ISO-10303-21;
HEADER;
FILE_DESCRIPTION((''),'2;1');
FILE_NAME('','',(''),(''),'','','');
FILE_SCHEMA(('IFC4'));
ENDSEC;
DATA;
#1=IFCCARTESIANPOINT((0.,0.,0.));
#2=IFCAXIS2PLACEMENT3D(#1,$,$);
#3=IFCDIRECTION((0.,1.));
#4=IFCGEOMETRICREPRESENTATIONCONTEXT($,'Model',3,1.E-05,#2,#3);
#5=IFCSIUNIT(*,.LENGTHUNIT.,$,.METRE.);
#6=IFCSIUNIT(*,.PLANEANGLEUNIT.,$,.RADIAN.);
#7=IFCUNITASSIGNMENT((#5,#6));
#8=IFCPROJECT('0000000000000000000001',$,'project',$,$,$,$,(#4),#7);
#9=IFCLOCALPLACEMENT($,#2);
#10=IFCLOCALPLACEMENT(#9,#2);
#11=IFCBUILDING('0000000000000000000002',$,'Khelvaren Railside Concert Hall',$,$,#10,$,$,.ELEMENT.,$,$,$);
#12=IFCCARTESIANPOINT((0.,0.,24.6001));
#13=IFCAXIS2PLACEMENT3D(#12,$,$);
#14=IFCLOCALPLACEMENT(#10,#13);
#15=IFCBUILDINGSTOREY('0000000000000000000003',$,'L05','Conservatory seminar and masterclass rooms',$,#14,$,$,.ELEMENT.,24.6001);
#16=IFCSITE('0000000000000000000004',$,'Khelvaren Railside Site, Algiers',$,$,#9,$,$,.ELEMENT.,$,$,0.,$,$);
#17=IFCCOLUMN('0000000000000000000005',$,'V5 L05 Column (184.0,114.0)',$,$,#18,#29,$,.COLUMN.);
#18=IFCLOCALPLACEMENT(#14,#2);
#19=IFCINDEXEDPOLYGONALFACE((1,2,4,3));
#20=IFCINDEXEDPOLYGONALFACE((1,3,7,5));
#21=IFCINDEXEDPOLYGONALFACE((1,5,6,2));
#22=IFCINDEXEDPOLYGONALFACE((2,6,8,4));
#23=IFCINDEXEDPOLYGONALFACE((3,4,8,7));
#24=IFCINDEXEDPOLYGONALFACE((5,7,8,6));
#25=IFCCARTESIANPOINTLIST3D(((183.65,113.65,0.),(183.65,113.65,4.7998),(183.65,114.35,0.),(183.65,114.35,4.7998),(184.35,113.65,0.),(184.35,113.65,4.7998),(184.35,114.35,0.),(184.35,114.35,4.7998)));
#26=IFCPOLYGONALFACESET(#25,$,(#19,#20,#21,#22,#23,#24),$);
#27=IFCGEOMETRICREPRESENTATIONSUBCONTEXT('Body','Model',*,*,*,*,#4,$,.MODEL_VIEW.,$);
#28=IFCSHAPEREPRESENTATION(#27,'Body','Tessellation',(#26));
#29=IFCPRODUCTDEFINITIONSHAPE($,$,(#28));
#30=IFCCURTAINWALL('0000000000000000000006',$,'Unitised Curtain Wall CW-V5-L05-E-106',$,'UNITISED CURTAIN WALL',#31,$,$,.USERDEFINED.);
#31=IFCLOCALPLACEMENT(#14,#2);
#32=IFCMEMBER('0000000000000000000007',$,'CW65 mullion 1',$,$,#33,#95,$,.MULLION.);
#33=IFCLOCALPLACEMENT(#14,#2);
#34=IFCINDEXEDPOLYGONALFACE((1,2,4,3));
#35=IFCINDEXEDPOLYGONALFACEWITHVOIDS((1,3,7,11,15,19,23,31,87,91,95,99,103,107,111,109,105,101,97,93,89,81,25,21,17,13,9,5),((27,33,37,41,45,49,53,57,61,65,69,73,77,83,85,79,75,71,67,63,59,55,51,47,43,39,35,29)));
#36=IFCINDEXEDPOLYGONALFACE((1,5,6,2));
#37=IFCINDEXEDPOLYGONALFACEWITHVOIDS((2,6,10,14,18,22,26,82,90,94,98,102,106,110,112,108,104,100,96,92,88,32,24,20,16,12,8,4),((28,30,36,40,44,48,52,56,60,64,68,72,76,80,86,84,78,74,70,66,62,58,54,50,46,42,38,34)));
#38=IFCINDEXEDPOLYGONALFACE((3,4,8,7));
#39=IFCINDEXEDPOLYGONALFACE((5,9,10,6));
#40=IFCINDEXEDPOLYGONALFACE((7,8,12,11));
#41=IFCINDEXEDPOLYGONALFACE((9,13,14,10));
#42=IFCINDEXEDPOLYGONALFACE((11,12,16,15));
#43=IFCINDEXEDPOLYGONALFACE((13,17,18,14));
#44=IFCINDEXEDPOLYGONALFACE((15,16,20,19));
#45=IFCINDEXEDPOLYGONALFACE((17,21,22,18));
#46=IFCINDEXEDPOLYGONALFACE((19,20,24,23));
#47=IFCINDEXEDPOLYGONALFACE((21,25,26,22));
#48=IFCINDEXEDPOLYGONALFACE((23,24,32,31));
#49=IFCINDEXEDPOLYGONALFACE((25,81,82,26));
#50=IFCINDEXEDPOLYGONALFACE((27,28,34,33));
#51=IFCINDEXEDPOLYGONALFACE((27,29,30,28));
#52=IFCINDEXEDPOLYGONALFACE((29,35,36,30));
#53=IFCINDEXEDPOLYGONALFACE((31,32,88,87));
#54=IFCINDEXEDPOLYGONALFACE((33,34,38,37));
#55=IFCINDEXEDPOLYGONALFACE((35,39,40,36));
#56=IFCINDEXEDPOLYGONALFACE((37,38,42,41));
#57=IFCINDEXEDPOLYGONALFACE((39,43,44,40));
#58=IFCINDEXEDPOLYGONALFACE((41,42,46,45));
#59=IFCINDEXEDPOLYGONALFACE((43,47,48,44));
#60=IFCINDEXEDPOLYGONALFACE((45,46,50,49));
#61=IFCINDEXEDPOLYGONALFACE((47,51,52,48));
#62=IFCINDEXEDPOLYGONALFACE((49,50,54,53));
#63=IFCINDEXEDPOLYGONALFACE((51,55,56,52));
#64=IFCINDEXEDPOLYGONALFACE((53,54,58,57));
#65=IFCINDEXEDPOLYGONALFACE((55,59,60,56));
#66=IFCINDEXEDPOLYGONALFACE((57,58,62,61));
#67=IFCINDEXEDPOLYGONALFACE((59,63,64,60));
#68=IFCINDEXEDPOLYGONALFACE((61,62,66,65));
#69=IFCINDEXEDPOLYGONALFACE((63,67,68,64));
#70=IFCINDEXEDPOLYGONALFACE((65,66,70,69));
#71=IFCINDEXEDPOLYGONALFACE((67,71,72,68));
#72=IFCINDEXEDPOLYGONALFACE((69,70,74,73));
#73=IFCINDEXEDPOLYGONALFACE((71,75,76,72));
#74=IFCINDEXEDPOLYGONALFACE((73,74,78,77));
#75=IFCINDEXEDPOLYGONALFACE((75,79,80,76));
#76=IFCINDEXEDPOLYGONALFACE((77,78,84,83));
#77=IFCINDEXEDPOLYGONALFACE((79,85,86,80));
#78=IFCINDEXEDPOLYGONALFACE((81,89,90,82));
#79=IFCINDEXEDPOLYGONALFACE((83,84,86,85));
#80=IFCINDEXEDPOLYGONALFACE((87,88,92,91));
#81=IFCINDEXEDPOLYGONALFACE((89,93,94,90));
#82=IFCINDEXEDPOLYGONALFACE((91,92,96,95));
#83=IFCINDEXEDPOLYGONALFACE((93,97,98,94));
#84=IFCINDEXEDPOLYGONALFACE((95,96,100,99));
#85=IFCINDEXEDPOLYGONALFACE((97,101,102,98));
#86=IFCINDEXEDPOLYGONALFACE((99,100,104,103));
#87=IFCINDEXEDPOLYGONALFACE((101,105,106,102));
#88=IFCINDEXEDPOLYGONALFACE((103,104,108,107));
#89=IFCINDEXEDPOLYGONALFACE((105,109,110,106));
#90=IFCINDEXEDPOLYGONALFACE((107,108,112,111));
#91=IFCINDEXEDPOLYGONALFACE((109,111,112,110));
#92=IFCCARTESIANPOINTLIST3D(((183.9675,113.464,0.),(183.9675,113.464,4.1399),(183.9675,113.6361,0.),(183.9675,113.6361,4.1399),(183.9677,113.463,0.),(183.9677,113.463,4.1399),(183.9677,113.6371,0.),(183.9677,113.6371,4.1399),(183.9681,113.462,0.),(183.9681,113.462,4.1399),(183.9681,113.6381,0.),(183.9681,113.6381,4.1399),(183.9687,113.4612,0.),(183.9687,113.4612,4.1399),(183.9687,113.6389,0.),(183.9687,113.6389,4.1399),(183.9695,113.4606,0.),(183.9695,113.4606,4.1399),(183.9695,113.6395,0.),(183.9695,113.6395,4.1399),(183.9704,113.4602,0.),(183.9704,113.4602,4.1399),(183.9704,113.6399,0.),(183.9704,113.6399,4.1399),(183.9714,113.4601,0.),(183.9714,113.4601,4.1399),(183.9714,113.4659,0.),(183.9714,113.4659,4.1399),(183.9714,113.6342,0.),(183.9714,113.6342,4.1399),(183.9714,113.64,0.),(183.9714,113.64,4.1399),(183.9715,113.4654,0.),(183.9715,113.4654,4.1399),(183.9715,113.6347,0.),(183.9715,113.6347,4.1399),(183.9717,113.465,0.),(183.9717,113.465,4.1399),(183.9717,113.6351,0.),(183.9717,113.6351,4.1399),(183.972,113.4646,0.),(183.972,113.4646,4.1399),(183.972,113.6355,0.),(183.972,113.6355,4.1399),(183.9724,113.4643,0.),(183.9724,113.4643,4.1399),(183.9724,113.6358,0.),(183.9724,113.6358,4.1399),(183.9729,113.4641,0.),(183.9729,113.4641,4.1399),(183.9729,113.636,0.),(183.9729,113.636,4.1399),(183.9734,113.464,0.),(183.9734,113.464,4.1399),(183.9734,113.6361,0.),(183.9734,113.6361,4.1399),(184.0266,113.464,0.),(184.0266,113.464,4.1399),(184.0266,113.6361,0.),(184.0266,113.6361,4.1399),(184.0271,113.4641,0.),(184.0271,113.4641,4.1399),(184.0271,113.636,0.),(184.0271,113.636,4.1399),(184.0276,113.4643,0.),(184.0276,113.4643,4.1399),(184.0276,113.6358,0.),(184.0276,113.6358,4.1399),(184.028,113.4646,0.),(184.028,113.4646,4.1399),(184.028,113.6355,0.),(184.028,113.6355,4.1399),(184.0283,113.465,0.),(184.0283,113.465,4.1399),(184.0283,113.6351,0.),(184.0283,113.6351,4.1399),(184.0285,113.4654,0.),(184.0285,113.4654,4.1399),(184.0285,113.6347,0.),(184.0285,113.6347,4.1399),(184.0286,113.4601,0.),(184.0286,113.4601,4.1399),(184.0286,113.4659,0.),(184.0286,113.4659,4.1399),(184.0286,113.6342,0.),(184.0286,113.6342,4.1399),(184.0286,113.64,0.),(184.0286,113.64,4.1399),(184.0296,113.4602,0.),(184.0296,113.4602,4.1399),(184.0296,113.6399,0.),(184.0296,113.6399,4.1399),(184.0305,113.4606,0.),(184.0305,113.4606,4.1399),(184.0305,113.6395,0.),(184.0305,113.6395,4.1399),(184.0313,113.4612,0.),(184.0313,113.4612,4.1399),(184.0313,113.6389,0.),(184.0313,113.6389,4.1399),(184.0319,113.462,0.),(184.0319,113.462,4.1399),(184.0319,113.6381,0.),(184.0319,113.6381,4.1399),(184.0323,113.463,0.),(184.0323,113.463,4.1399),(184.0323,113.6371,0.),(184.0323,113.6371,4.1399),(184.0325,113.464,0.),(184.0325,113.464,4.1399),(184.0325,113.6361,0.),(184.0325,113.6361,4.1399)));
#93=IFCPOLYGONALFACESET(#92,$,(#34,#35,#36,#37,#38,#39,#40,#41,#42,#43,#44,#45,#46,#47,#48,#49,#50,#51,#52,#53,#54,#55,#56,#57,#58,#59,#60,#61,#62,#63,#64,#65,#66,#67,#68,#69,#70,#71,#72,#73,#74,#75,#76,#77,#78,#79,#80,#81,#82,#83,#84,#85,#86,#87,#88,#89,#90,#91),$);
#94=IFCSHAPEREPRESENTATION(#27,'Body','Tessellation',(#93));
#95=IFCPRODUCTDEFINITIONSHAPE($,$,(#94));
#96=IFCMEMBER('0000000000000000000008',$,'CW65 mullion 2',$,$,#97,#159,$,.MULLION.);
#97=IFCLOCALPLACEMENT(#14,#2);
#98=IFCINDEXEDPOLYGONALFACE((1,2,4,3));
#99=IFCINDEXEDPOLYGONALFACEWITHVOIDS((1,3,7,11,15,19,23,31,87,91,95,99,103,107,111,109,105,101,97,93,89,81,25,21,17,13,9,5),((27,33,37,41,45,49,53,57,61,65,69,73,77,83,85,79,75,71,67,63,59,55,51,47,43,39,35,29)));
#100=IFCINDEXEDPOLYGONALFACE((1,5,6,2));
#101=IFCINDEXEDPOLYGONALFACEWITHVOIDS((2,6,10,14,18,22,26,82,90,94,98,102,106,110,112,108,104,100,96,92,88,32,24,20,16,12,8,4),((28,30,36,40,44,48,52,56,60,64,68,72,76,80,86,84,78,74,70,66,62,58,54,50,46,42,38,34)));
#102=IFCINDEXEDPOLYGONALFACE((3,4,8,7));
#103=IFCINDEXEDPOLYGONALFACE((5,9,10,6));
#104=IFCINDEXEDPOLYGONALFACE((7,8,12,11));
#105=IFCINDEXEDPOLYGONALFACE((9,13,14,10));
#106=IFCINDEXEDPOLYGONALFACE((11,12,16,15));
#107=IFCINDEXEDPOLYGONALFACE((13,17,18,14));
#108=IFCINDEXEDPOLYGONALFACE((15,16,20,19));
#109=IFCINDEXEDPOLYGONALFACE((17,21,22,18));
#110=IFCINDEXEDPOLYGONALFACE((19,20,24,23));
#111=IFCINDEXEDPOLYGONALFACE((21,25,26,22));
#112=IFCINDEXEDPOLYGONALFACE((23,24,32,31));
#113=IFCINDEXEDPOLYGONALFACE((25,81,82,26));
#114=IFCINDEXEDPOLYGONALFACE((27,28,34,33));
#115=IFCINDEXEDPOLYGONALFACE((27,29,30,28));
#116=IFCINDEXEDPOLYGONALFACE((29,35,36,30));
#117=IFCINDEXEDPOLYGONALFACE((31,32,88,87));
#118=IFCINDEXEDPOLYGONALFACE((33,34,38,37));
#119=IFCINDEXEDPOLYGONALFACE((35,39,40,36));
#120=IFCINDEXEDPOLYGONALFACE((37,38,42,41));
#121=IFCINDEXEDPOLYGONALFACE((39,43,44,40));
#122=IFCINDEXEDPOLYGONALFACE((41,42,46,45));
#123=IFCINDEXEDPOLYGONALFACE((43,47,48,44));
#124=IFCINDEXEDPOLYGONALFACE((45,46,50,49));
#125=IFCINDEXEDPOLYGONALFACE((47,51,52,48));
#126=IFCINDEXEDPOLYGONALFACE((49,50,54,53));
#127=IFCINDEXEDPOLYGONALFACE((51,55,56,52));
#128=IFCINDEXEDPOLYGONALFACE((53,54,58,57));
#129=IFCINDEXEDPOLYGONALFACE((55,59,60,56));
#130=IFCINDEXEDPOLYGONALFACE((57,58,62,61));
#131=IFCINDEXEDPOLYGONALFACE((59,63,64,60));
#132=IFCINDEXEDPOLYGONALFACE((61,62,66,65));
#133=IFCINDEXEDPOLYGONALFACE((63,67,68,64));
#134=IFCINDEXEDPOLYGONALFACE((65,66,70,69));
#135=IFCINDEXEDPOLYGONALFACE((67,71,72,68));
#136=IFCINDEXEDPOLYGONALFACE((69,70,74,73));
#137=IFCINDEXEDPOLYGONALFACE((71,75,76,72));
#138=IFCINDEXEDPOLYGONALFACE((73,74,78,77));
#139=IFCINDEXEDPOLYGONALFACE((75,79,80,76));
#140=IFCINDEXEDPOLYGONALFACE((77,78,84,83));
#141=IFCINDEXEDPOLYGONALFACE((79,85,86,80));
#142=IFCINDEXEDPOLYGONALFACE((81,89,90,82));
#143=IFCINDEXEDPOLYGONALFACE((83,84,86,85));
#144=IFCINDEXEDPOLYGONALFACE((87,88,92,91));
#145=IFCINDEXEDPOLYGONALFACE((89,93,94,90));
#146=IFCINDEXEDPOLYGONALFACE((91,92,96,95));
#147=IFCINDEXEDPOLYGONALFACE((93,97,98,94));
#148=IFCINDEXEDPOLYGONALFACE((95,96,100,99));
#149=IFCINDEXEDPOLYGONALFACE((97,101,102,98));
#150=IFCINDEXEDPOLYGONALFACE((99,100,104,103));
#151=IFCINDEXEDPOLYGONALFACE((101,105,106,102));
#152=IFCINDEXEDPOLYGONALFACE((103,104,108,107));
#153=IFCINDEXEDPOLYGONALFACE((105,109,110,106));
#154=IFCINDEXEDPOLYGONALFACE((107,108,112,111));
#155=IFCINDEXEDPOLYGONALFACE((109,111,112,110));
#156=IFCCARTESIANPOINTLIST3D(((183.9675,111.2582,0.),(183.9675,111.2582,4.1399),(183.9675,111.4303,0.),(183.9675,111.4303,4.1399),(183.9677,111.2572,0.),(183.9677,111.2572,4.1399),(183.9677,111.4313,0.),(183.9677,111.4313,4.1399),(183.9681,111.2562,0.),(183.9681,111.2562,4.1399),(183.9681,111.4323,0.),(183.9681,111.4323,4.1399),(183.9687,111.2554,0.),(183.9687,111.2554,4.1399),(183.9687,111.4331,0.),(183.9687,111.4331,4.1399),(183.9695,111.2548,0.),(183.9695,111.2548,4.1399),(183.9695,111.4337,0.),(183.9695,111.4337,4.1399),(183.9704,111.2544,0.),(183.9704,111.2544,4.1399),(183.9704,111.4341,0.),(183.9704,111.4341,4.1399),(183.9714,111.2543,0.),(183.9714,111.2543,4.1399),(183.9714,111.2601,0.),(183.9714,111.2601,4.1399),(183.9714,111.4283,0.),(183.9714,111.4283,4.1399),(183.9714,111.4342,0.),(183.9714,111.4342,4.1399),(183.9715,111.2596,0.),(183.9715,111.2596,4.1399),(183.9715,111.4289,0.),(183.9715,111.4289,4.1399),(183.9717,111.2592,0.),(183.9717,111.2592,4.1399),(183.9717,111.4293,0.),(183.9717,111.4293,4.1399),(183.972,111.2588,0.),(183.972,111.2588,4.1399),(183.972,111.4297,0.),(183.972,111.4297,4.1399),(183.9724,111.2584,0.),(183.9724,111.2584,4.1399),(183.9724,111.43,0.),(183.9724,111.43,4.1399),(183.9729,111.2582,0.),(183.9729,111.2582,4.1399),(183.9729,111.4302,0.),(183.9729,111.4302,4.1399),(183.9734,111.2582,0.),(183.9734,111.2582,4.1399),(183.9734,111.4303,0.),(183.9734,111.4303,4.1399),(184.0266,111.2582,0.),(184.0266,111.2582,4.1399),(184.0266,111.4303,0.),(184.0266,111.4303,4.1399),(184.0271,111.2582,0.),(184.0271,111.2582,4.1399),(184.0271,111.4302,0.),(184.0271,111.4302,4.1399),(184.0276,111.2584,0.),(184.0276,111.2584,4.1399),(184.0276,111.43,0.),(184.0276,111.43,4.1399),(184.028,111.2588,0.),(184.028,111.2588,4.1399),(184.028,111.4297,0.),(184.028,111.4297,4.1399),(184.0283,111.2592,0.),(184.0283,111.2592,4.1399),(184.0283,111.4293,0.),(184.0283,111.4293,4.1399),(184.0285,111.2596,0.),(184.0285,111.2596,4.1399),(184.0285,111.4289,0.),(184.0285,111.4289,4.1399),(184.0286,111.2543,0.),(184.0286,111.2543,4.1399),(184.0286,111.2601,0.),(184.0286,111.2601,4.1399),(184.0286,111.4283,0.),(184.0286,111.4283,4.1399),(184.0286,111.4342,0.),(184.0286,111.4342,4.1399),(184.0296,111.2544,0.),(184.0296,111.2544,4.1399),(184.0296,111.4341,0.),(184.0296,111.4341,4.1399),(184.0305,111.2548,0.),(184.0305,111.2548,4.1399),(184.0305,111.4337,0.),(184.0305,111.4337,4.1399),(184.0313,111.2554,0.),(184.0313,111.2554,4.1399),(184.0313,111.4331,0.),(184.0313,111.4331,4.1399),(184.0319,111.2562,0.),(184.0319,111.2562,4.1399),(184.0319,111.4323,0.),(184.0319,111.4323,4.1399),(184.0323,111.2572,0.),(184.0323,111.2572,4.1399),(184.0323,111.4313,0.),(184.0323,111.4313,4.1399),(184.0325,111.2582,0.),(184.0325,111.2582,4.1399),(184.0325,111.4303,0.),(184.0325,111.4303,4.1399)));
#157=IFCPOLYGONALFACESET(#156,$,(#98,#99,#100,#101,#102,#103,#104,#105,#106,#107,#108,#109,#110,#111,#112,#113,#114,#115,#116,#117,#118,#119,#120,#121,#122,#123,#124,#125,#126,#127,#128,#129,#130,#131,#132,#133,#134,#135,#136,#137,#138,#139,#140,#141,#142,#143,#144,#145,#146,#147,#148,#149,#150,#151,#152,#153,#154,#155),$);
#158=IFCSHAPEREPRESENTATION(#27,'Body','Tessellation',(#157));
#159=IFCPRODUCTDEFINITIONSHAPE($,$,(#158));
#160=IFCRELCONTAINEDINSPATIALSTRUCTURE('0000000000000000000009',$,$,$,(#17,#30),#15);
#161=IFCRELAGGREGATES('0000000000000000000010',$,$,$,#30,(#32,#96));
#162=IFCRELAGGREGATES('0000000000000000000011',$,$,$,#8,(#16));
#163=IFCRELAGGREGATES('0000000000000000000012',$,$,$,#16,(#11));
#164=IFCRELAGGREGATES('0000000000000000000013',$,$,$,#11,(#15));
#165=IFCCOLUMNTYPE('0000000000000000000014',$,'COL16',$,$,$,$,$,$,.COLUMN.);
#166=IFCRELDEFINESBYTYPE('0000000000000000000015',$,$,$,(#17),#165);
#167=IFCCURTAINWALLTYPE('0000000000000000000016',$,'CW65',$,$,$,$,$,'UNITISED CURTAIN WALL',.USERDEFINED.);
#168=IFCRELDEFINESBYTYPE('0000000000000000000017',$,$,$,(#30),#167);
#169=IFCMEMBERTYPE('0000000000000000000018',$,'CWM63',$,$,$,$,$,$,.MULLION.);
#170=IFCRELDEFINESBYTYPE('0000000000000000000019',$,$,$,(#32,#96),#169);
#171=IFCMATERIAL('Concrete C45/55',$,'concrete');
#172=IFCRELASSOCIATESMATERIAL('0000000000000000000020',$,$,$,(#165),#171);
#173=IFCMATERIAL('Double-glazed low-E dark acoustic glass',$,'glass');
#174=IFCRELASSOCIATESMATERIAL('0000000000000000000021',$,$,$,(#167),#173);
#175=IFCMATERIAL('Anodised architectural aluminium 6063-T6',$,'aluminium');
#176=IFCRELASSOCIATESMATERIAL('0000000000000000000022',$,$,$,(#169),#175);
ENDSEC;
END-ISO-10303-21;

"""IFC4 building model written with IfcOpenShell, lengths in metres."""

from ifc_helpers import new_model, si_unit, direction, frame, origin, origin_2d, place, context, subcontext, project, spatial, rectangle, hollow_rectangle, extrude, material, material_profile, profile_set, type_object, element, aggregate, save


model = new_model("IFC4")

# Units and contexts
model_context = context("Model", 3, precision=1e-05, world=origin(), true_north=direction((0.0, 1.0)))
body_context = subcontext(model_context, "Body", "Model", "MODEL_VIEW")
ifc_project = project(units=[si_unit("LENGTHUNIT", "METRE"), si_unit("PLANEANGLEUNIT", "RADIAN")], contexts=[model_context])

# Site, building, storey
site_placement = place(None, origin())
site = spatial("IfcSite", under=ifc_project, at=site_placement, Name="Khelvaren Railside Site, Algiers", CompositionType="ELEMENT", RefElevation=0.0)
building_placement = place(site_placement, origin())
building = spatial("IfcBuilding", under=site, at=building_placement, Name="Khelvaren Railside Concert Hall", CompositionType="ELEMENT")
storey_placement = place(building_placement, frame((0.0, 0.0, 24.6001)))
storey = spatial("IfcBuildingStorey", under=building, at=storey_placement, Name="L05", Description="Conservatory seminar and masterclass rooms", CompositionType="ELEMENT", Elevation=24.6001)

# Column
ifc_material_1 = material(Name="Concrete C45/55", Category="concrete")
ifc_material_profile_1 = material_profile(ifc_material_1, rectangle(XDim=0.7, YDim=0.7, at=origin_2d()), Name="RC 700x700")
ifc_profile_set_1 = profile_set([ifc_material_profile_1], Name="Concrete C45/55")
column_type = type_object("IfcColumnType", Name="COL16", PredefinedType="COLUMN", material=ifc_profile_set_1)
column_placement = place(storey_placement, frame((184.0, 114.0, 0.0), z_axis=(0.0, 0.0, 1.0), x_axis=(1.0, 0.0, 0.0)))
element("IfcColumn", 1, at=column_placement, inside=storey, type_object=column_type, Name="V5 L05 Column (184.0,114.0)", PredefinedType="COLUMN", context=body_context, shape_type="SweptSolid", body=[
    extrude(rectangle(XDim=0.7, YDim=0.7, at=origin_2d()), origin(), (0.0, 0.0, 1.0), 4.7998),
])

# Curtain wall, members
ifc_material_2 = material(Name="Double-glazed low-E dark acoustic glass", Category="glass")
curtain_wall_type = type_object("IfcCurtainWallType", Name="CW65", ElementType="UNITISED CURTAIN WALL", PredefinedType="USERDEFINED", material=ifc_material_2)
curtain_wall_placement = place(storey_placement, origin())
curtain_wall = element("IfcCurtainWall", 2, at=curtain_wall_placement, inside=storey, type_object=curtain_wall_type, Name="Unitised Curtain Wall CW-V5-L05-E-106", ObjectType="UNITISED CURTAIN WALL", PredefinedType="USERDEFINED")
ifc_material_3 = material(Name="Anodised architectural aluminium 6063-T6", Category="aluminium")
ifc_material_profile_2 = material_profile(ifc_material_3, hollow_rectangle(XDim=0.0649, YDim=0.1799, WallThickness=0.0039, InnerFilletRadius=0.002, OuterFilletRadius=0.0039, at=origin_2d()), Name="CWM 65x180x4")
ifc_profile_set_2 = profile_set([ifc_material_profile_2], Name="Anodised architectural aluminium 6063-T6")
member_type_1 = type_object("IfcMemberType", Name="CWM63", PredefinedType="MULLION", material=ifc_profile_set_2)
member_1_placement = place(storey_placement, frame((184.0, 113.55, 0.0), z_axis=(0.0, 0.0, 1.0), x_axis=(1.0, 0.0, 0.0)))
member_1 = element("IfcMember", 3, at=member_1_placement, type_object=member_type_1, Name="CW65 mullion 1", PredefinedType="MULLION", context=body_context, shape_type="SweptSolid", body=[
    extrude(hollow_rectangle(XDim=0.0649, YDim=0.1799, WallThickness=0.0039, InnerFilletRadius=0.002, OuterFilletRadius=0.0039, at=origin_2d()), origin(), (0.0, 0.0, 1.0), 4.1399),
])
member_2_placement = place(storey_placement, frame((184.0, 111.3442, 0.0), z_axis=(0.0, 0.0, 1.0), x_axis=(1.0, 0.0, 0.0)))
member_2 = element("IfcMember", 4, at=member_2_placement, type_object=member_type_1, Name="CW65 mullion 2", PredefinedType="MULLION", context=body_context, shape_type="SweptSolid", body=[
    extrude(hollow_rectangle(XDim=0.0649, YDim=0.1799, WallThickness=0.0039, InnerFilletRadius=0.002, OuterFilletRadius=0.0039, at=origin_2d()), origin(), (0.0, 0.0, 1.0), 4.1399),
])
aggregate(curtain_wall, [member_1, member_2])

save(model, "model.ifc")
